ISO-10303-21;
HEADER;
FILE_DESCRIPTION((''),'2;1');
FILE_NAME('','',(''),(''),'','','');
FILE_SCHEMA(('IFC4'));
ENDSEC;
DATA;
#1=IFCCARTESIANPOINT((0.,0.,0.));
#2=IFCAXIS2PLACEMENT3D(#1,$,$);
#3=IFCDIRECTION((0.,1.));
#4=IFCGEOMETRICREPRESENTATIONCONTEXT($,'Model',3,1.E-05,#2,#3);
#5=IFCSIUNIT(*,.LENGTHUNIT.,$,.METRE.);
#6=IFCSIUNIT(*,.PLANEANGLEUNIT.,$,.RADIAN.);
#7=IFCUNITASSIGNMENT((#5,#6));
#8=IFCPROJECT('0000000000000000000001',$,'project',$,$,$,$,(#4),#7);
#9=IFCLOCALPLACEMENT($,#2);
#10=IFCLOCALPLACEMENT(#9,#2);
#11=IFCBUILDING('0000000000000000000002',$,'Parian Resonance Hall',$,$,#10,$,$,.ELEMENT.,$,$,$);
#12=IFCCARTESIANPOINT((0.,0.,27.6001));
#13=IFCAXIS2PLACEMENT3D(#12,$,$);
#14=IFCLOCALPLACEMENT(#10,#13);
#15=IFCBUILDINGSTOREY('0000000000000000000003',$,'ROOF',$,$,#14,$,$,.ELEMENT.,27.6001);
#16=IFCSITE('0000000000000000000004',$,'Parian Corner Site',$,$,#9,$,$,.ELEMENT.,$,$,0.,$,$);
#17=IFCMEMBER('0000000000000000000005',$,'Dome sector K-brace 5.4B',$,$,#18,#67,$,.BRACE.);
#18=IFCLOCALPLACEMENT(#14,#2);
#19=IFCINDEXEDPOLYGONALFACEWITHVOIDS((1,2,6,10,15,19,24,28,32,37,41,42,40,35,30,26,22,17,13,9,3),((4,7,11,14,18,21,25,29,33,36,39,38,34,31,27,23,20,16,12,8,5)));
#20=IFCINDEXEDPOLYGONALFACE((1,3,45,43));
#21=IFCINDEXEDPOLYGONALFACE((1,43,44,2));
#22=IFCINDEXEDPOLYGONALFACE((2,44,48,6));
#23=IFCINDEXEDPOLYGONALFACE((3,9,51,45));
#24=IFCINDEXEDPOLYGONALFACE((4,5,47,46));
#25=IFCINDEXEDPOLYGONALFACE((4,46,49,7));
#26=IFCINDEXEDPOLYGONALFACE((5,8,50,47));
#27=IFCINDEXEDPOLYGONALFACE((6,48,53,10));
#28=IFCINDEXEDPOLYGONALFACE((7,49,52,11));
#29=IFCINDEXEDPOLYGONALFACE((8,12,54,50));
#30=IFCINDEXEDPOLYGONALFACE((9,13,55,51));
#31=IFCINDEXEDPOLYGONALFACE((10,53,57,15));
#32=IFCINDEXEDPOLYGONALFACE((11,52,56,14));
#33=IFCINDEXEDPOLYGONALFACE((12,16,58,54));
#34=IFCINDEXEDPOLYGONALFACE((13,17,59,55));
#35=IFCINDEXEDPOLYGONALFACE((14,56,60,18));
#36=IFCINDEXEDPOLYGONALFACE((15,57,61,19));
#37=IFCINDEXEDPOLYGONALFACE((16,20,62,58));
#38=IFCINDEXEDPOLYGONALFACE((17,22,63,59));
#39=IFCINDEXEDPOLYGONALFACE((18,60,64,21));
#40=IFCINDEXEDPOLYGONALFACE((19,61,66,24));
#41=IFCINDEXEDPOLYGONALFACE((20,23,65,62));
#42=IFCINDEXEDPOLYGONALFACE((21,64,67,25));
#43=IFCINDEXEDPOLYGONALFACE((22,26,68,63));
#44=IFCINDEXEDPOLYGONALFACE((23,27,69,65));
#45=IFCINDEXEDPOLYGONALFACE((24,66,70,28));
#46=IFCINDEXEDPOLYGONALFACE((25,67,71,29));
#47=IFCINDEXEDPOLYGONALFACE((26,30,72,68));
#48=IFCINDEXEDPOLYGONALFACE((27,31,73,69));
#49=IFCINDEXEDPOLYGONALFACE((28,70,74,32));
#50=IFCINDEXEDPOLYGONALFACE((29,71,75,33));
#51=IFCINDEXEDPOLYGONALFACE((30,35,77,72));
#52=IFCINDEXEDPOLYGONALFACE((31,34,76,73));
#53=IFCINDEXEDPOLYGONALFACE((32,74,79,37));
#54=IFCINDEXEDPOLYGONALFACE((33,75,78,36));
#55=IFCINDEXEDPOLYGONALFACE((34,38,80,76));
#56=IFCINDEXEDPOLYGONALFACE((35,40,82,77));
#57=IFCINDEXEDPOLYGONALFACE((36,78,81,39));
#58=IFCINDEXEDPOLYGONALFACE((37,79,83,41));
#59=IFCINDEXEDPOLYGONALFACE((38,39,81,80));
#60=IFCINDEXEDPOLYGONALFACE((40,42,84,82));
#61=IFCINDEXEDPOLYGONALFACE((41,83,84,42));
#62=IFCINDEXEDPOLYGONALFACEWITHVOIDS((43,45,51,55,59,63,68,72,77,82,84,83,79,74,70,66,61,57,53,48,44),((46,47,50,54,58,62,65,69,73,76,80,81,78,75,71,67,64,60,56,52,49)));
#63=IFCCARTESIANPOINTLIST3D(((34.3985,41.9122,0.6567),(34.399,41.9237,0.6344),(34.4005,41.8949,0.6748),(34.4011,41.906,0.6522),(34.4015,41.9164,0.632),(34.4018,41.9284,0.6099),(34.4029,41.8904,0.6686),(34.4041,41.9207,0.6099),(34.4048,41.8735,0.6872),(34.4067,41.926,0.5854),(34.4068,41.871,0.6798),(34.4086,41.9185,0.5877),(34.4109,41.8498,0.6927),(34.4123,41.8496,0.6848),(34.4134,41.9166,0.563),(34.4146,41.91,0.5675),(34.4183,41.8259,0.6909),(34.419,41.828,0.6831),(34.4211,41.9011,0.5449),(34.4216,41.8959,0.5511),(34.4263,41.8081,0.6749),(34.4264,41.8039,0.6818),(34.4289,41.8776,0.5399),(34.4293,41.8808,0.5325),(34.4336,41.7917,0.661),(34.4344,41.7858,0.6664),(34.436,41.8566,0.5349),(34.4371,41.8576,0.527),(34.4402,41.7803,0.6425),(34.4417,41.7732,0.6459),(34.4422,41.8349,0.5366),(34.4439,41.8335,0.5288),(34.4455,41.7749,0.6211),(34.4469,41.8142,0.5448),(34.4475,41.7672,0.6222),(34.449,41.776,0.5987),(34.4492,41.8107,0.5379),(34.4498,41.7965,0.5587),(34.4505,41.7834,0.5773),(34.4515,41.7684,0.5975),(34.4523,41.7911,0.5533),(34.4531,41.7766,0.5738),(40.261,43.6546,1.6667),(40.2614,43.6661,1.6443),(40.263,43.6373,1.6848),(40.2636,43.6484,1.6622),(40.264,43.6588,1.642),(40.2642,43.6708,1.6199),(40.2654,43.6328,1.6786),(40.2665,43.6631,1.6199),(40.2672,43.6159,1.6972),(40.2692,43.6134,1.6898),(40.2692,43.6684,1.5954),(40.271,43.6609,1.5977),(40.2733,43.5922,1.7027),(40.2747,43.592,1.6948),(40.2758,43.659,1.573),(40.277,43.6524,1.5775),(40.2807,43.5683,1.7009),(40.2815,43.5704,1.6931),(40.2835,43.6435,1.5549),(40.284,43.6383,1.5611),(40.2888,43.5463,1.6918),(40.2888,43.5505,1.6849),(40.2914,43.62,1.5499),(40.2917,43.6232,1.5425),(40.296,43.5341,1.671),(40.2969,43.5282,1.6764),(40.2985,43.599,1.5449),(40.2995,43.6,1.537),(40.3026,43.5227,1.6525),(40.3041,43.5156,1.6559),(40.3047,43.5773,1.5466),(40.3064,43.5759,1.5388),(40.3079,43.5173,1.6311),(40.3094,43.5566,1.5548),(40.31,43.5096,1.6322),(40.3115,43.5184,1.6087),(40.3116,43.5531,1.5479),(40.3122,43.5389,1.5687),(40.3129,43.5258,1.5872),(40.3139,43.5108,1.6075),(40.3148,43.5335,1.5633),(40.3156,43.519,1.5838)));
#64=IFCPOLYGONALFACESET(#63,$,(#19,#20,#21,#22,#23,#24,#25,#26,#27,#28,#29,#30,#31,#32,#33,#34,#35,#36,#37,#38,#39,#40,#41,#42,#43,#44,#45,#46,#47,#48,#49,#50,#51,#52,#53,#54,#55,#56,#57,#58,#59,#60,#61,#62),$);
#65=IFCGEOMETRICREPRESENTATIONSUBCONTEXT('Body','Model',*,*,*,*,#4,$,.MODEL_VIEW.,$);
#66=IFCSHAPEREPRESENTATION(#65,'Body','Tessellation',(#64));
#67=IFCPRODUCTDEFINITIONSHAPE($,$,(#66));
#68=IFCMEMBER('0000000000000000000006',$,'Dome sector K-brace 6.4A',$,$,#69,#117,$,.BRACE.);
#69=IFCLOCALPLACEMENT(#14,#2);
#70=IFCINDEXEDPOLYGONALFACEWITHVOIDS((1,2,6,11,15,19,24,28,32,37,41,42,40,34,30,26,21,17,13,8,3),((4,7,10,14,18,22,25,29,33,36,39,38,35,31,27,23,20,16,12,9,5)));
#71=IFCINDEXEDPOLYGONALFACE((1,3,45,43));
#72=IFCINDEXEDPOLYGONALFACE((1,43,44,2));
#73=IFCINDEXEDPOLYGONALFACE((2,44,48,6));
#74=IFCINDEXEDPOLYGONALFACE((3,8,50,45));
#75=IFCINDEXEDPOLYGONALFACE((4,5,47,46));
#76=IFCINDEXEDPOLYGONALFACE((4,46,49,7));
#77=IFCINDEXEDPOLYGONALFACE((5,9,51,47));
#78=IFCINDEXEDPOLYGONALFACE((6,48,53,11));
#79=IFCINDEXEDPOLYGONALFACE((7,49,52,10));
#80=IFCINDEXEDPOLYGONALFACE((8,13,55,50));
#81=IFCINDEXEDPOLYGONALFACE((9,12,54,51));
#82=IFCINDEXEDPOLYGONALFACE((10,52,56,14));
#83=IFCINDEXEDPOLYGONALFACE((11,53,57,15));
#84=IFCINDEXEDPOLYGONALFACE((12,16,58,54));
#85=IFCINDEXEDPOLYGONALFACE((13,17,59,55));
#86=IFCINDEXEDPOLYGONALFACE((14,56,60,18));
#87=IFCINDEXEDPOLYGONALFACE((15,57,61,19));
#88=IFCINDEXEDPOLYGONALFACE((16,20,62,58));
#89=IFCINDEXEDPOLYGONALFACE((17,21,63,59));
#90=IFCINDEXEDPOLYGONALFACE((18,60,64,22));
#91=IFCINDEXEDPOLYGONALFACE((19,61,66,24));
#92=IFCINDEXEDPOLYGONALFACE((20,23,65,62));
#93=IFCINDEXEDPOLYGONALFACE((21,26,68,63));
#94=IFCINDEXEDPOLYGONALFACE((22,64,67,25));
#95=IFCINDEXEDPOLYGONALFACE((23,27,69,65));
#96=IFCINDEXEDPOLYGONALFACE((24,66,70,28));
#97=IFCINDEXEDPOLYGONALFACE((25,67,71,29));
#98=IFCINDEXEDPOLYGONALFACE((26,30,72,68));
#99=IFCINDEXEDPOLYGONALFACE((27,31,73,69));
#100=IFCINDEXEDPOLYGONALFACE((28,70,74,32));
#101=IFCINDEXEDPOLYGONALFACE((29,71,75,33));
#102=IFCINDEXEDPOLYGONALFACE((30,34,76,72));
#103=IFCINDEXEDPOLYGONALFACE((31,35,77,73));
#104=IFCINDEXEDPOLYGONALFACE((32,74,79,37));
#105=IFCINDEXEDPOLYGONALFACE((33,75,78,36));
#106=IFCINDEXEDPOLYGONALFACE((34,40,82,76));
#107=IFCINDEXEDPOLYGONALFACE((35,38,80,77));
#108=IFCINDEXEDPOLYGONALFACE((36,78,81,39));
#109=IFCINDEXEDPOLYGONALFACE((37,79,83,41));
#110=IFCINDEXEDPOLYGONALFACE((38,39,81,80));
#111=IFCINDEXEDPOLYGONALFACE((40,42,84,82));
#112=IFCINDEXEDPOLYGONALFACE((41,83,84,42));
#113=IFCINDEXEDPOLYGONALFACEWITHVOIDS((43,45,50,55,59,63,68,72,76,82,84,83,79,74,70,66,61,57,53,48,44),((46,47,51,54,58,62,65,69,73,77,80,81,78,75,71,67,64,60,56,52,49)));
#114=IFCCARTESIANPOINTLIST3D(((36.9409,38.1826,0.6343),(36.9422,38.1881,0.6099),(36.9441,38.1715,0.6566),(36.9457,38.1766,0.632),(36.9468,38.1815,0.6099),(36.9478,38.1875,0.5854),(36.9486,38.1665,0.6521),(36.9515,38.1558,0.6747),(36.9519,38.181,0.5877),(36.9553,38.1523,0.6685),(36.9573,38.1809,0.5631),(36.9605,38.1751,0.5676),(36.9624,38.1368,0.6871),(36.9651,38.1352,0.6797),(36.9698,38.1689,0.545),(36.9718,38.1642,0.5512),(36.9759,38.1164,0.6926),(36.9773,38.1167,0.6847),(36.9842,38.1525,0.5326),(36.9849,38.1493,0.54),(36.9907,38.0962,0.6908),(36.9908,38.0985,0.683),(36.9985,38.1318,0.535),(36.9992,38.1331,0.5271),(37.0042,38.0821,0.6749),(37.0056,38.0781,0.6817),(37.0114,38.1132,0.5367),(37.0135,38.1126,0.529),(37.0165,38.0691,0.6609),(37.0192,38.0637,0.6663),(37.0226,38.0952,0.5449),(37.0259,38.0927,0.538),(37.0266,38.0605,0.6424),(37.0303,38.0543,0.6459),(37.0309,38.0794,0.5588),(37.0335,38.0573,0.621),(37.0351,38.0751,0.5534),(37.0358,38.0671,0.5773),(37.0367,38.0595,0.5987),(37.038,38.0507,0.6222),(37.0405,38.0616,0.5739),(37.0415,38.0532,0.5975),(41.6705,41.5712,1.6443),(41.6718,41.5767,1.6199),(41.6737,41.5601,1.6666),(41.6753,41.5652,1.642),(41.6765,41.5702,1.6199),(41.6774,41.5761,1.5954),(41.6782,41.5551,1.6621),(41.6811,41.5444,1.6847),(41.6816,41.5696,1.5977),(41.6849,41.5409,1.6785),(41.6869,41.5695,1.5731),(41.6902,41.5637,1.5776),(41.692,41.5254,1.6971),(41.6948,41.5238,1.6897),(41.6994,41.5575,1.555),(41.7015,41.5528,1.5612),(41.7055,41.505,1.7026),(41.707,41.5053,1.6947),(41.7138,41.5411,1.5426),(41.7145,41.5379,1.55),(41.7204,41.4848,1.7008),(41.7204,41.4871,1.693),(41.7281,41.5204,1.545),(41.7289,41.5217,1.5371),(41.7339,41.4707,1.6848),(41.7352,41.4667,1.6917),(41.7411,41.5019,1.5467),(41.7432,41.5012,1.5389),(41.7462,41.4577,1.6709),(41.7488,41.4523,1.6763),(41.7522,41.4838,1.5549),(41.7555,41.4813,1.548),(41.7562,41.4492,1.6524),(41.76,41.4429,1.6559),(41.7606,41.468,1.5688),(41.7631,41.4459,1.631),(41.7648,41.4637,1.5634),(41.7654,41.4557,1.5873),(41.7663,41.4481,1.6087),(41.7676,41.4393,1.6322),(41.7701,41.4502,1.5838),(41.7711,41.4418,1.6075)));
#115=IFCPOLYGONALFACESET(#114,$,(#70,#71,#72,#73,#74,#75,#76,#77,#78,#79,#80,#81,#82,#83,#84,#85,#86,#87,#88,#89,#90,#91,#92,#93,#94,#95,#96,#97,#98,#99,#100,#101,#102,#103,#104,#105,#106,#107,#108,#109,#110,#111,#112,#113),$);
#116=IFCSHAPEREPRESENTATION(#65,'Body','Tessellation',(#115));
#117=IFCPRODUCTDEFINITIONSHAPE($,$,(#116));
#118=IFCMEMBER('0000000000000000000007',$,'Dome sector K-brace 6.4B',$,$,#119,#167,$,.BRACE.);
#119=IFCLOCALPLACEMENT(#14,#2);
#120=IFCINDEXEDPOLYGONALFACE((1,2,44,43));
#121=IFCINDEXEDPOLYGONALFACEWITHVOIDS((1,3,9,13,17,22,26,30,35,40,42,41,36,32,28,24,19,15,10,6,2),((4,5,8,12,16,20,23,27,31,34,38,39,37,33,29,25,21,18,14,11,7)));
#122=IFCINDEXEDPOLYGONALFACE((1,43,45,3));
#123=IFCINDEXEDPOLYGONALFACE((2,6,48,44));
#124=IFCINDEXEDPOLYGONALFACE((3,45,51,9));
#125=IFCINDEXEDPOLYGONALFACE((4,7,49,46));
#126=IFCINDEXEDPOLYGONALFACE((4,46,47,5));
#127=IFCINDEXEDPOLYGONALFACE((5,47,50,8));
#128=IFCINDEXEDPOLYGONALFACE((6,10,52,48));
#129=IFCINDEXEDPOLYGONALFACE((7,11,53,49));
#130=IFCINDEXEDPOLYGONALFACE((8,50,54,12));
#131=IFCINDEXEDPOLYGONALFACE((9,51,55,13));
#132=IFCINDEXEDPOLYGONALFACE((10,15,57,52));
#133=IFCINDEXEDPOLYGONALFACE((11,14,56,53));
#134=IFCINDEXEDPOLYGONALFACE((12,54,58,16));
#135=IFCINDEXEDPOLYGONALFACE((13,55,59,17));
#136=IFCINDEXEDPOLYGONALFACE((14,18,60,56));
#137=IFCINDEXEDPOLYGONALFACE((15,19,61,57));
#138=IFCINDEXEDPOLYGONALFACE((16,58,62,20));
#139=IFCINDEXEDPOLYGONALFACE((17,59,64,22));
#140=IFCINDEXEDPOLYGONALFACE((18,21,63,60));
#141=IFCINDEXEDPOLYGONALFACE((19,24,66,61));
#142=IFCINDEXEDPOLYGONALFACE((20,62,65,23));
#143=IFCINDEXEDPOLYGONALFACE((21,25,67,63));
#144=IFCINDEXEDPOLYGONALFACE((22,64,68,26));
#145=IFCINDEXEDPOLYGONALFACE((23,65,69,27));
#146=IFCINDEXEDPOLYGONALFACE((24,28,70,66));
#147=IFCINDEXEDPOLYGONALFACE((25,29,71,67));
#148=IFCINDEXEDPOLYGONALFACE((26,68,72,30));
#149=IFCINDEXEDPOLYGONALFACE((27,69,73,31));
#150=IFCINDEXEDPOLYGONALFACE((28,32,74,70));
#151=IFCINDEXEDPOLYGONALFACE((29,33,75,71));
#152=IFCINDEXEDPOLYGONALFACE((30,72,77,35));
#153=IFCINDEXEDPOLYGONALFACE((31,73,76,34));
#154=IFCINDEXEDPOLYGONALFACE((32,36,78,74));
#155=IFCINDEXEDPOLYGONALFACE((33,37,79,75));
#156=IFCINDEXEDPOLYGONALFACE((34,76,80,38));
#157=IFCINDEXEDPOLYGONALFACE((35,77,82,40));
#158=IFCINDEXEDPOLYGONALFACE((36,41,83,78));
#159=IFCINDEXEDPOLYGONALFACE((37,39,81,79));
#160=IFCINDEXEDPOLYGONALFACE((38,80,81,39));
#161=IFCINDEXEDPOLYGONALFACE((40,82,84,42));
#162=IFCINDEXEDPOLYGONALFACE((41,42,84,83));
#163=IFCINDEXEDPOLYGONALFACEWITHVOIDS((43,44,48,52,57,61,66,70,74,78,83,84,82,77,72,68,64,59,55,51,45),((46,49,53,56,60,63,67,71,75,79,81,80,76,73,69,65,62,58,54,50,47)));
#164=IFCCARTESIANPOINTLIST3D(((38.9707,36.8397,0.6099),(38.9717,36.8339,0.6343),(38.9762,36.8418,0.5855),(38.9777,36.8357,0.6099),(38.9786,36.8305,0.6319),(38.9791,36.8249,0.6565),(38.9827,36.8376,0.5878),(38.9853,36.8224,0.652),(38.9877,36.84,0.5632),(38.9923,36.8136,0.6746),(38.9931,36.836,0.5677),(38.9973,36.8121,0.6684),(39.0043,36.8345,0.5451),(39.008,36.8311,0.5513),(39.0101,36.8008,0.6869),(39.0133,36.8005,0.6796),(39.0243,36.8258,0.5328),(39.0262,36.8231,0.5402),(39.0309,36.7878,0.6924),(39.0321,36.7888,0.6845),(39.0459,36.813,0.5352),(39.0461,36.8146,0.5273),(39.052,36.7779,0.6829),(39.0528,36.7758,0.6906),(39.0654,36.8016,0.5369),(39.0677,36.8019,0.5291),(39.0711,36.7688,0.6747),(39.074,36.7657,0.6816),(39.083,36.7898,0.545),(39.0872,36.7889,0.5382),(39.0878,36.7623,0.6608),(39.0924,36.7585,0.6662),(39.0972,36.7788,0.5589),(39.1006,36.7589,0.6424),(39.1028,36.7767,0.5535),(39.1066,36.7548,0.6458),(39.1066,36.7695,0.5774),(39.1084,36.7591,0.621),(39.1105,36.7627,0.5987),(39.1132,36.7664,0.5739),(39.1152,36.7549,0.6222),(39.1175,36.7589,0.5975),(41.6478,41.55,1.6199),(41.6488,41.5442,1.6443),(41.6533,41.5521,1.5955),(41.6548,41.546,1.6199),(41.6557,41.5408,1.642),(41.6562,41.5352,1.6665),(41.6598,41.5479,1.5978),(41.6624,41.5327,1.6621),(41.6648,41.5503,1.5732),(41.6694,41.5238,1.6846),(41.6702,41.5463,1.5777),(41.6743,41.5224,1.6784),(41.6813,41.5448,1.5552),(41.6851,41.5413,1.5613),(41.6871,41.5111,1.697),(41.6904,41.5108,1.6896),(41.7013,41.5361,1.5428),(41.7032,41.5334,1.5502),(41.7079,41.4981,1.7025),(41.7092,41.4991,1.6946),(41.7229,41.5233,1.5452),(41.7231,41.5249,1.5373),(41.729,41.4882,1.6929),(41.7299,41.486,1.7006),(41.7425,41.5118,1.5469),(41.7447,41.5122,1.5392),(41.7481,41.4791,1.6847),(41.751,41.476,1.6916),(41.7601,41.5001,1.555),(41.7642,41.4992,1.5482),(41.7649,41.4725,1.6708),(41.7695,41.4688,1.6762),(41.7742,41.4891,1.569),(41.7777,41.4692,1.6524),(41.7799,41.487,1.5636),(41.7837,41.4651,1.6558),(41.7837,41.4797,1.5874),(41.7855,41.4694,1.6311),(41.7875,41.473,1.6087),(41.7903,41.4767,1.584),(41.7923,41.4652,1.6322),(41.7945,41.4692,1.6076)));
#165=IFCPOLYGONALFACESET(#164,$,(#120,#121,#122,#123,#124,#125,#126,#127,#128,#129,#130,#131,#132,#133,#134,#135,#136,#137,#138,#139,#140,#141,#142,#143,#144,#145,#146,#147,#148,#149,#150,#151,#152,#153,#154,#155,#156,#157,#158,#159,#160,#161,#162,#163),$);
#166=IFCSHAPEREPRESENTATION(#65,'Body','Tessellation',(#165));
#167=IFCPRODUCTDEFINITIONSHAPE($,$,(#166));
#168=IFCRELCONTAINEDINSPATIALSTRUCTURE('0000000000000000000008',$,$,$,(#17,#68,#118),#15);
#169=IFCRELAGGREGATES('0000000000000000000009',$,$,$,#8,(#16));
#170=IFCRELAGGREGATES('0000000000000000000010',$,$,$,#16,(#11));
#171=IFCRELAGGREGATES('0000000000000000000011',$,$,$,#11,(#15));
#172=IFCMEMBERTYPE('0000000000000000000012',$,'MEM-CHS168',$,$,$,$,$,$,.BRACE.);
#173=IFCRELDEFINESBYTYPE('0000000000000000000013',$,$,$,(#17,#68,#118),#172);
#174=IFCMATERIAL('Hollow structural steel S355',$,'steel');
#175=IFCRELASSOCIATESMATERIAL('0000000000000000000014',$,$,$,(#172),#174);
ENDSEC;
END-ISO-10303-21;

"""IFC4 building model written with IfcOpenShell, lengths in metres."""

from ifc_helpers import new_model, si_unit, direction, frame, origin, origin_2d, place, context, subcontext, project, spatial, hollow_circle, extrude, material, material_profile, profile_set, type_object, element, save


model = new_model("IFC4")

# Units and contexts
model_context = context("Model", 3, precision=1e-05, world=origin(), true_north=direction((0.0, 1.0)))
body_context = subcontext(model_context, "Body", "Model", "MODEL_VIEW")
ifc_project = project(units=[si_unit("LENGTHUNIT", "METRE"), si_unit("PLANEANGLEUNIT", "RADIAN")], contexts=[model_context])

# Site, building, storey
site_placement = place(None, origin())
site = spatial("IfcSite", under=ifc_project, at=site_placement, Name="Parian Corner Site", CompositionType="ELEMENT", RefElevation=0.0)
building_placement = place(site_placement, origin())
building = spatial("IfcBuilding", under=site, at=building_placement, Name="Parian Resonance Hall", CompositionType="ELEMENT")
storey_placement = place(building_placement, frame((0.0, 0.0, 27.6001)))
storey = spatial("IfcBuildingStorey", under=building, at=storey_placement, Name="ROOF", CompositionType="ELEMENT", Elevation=27.6001)

# Members
ifc_material_1 = material(Name="Hollow structural steel S355", Category="steel")
ifc_material_profile_1 = material_profile(ifc_material_1, hollow_circle(Radius=0.0842, WallThickness=0.0081, at=origin_2d()), Name="CHS168.3x8")
ifc_profile_set_1 = profile_set([ifc_material_profile_1], Name="Hollow structural steel S355")
member_type_1 = type_object("IfcMemberType", Name="MEM-CHS168", PredefinedType="BRACE", material=ifc_profile_set_1)
member_1_placement = place(storey_placement, frame((34.4258, 41.8477, 0.6099), z_axis=(0.945749, 0.28109, 0.162935), x_axis=(-0.284897, 0.958558, 0.0)))
element("IfcMember", 1, at=member_1_placement, inside=storey, type_object=member_type_1, Name="Dome sector K-brace 5.4B", PredefinedType="BRACE", context=body_context, shape_type="SweptSolid", body=[
    extrude(hollow_circle(Radius=0.0842, WallThickness=0.0081, at=origin_2d()), origin(), (0.0, 0.0, 1.0), 6.1987),
])
member_2_placement = place(storey_placement, frame((36.9912, 38.1196, 0.6099), z_axis=(0.800919, 0.573827, 0.171032), x_axis=(-0.582409, 0.812896, 0.0)))
element("IfcMember", 2, at=member_2_placement, inside=storey, type_object=member_type_1, Name="Dome sector K-brace 6.4A", PredefinedType="BRACE", context=body_context, shape_type="SweptSolid", body=[
    extrude(hollow_circle(Radius=0.0842, WallThickness=0.0081, at=origin_2d()), origin(), (0.0, 0.0, 1.0), 5.9053),
])
member_3_placement = place(storey_placement, frame((39.0439, 36.7981, 0.6099), z_axis=(0.485745, 0.854672, 0.183267), x_axis=(-0.869397, 0.494114, 0.0)))
element("IfcMember", 3, at=member_3_placement, inside=storey, type_object=member_type_1, Name="Dome sector K-brace 6.4B", PredefinedType="BRACE", context=body_context, shape_type="SweptSolid", body=[
    extrude(hollow_circle(Radius=0.0842, WallThickness=0.0081, at=origin_2d()), origin(), (0.0, 0.0, 1.0), 5.5112),
])

save(model, "model.ifc")
